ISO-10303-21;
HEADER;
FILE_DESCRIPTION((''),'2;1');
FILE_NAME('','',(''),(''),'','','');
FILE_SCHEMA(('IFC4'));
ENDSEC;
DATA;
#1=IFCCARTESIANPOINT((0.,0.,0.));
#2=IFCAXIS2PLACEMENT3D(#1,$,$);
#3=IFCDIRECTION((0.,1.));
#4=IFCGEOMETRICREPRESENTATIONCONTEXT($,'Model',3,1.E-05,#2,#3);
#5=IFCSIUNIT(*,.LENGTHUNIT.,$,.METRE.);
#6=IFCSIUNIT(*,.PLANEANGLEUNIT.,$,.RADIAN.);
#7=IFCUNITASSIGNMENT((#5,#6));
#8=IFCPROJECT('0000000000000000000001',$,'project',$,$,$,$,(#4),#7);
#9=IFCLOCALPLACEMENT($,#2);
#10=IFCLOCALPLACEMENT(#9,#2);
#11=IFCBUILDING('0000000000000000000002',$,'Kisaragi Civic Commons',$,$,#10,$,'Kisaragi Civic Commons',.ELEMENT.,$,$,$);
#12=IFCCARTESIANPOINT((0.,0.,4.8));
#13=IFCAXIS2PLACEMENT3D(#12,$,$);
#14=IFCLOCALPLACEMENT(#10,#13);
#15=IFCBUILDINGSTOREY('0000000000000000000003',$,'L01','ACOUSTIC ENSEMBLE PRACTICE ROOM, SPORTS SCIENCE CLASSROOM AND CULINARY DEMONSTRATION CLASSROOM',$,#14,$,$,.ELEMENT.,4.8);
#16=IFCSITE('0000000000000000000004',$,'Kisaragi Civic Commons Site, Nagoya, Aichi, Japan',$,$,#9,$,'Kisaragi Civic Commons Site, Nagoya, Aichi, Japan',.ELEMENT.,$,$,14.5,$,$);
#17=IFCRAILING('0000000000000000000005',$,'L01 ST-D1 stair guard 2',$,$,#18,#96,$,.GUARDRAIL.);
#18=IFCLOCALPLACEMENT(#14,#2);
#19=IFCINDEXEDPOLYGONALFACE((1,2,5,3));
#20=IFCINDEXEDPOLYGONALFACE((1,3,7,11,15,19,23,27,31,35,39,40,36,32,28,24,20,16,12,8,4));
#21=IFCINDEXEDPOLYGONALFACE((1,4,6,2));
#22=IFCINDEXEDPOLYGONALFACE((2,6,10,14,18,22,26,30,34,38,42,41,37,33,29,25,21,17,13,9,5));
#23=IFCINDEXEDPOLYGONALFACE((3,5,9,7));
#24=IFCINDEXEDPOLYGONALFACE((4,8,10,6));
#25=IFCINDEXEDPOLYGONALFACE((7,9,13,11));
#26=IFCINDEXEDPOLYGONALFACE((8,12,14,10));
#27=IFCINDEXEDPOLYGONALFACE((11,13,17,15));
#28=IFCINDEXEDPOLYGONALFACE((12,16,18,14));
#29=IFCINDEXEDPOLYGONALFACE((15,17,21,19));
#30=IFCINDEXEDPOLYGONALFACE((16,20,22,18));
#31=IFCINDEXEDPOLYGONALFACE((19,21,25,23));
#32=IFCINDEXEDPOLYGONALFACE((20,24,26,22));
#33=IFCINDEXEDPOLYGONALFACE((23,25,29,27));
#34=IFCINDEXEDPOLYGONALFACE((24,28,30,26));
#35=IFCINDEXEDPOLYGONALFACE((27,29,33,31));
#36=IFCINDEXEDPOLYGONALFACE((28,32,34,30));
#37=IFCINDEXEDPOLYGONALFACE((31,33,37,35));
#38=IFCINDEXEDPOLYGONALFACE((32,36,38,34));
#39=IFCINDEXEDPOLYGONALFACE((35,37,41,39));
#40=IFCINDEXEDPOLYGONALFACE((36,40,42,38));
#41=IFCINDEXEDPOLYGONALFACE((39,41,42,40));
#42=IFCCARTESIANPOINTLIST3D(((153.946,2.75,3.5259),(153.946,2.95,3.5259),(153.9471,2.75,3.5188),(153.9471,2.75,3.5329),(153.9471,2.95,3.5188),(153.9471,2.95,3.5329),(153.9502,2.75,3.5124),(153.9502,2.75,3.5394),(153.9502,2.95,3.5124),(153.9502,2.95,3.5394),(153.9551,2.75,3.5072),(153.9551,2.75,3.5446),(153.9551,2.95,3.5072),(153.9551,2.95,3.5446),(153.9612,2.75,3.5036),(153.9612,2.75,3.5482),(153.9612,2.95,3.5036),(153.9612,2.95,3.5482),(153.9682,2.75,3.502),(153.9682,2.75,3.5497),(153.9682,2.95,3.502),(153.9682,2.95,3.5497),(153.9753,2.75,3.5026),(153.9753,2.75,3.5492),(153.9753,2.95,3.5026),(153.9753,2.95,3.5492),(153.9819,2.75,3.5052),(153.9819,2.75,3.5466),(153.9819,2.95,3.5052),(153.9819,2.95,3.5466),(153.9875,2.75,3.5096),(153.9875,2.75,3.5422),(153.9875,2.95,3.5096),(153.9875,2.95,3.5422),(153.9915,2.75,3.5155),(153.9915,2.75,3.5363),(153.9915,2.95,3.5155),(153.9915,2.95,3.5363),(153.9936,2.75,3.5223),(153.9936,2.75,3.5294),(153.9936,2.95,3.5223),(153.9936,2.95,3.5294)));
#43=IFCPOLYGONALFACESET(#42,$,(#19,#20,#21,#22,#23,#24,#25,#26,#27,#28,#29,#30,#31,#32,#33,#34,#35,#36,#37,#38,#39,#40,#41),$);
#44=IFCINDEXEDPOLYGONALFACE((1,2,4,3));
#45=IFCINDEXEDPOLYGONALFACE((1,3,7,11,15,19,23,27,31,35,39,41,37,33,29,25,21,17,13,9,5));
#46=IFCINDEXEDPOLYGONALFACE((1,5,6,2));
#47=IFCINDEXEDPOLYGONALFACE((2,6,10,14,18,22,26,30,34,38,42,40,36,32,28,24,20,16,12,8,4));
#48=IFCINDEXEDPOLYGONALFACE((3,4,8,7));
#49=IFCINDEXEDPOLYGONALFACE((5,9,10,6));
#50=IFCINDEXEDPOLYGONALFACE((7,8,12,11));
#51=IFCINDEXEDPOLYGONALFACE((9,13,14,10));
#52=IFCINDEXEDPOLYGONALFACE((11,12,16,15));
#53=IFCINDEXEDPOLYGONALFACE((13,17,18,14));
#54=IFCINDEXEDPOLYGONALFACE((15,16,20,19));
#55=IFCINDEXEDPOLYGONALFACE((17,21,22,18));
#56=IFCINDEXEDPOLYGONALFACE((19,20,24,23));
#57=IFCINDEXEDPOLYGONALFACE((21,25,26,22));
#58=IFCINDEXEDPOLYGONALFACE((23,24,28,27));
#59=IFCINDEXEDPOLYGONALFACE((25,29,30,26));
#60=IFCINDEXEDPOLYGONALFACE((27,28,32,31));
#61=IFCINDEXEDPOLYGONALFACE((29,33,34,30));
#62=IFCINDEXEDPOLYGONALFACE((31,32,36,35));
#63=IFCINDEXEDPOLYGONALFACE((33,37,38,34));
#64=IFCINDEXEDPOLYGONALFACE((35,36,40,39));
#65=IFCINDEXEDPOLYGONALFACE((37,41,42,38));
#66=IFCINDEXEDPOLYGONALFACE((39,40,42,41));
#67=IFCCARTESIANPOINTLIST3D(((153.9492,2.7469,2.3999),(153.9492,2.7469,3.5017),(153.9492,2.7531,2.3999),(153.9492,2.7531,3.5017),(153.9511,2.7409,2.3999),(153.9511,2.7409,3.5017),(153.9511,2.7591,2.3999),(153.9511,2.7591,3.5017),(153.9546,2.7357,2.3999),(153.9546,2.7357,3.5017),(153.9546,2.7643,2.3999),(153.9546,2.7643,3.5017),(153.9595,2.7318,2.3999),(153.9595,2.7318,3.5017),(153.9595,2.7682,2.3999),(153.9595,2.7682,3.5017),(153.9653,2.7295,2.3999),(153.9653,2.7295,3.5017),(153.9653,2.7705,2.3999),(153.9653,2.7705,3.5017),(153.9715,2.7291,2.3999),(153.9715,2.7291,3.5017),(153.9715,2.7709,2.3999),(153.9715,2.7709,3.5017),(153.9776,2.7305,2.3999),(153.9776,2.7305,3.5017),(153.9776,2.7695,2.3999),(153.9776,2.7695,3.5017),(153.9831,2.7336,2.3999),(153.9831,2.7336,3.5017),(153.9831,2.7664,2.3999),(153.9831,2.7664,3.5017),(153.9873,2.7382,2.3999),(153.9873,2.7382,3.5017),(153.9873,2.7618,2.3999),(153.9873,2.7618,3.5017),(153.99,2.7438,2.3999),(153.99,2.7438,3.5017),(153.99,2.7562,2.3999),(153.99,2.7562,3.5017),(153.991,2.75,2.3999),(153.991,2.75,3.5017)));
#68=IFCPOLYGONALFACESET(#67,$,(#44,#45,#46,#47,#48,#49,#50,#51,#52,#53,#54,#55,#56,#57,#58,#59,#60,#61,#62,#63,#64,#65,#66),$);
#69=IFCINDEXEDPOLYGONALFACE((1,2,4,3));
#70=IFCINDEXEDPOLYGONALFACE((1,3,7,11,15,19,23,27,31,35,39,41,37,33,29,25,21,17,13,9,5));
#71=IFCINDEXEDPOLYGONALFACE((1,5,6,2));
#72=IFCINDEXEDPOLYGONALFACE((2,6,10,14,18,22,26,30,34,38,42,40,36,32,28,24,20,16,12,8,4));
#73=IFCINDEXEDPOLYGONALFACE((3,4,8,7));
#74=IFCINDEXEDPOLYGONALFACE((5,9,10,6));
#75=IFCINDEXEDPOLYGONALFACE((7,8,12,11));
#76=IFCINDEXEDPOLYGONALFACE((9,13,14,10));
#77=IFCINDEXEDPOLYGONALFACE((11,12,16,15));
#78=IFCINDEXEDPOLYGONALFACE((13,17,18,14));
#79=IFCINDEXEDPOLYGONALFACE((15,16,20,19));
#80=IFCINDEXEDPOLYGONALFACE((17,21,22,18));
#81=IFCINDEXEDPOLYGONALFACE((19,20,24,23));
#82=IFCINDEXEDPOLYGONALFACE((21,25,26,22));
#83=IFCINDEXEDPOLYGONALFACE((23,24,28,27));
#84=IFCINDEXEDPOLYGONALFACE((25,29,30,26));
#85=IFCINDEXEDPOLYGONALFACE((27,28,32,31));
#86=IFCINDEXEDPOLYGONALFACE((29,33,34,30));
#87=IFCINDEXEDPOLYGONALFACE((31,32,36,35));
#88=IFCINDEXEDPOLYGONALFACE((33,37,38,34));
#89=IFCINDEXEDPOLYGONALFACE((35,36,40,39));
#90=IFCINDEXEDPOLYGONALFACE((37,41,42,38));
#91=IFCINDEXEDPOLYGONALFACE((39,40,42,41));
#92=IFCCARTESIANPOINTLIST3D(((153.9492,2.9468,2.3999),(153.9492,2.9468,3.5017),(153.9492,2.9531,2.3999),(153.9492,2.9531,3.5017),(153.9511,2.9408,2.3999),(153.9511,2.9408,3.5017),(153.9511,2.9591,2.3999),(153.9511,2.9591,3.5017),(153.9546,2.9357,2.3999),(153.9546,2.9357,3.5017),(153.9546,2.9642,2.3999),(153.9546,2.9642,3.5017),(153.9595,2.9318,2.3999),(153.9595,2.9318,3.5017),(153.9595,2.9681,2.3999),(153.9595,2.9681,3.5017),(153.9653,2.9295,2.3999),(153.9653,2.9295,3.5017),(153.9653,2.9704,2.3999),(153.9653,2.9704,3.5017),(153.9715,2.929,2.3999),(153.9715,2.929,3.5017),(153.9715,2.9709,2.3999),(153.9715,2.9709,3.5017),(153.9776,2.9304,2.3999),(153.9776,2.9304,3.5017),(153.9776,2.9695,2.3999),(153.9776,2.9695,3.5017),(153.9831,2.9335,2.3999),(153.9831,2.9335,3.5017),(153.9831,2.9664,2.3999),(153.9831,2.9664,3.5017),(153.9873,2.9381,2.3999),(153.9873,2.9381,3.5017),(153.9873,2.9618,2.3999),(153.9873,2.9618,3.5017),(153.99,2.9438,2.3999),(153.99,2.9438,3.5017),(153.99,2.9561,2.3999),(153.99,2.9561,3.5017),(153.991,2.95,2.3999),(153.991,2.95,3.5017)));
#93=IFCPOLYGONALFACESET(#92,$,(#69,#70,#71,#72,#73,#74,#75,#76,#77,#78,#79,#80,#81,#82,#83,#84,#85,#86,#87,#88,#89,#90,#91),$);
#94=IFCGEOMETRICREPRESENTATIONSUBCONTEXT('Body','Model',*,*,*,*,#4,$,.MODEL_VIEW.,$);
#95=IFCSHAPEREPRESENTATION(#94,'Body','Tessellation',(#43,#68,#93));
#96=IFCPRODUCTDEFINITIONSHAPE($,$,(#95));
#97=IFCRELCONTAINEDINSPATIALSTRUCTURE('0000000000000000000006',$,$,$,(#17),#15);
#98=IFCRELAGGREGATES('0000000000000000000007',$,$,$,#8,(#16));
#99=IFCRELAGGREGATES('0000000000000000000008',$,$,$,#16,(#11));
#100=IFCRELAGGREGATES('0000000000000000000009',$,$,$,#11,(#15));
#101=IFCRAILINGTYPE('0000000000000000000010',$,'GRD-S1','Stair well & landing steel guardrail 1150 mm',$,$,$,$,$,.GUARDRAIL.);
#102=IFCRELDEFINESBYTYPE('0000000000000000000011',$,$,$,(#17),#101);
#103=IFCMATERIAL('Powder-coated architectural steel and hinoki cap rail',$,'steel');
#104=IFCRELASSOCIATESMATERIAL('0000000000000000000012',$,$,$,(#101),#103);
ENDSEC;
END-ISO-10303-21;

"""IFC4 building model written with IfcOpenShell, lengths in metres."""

from ifc_helpers import new_model, si_unit, direction, frame, origin, origin_2d, place, context, subcontext, project, spatial, circle, extrude, material, type_object, element, save


model = new_model("IFC4")

# Units and contexts
model_context = context("Model", 3, precision=1e-05, world=origin(), true_north=direction((0.0, 1.0)))
body_context = subcontext(model_context, "Body", "Model", "MODEL_VIEW")
ifc_project = project(units=[si_unit("LENGTHUNIT", "METRE"), si_unit("PLANEANGLEUNIT", "RADIAN")], contexts=[model_context])

# Site, building, storey
site_placement = place(None, origin())
site = spatial("IfcSite", under=ifc_project, at=site_placement, Name="Kisaragi Civic Commons Site, Nagoya, Aichi, Japan", LongName="Kisaragi Civic Commons Site, Nagoya, Aichi, Japan", CompositionType="ELEMENT", RefElevation=14.5)
building_placement = place(site_placement, origin())
building = spatial("IfcBuilding", under=site, at=building_placement, Name="Kisaragi Civic Commons", LongName="Kisaragi Civic Commons", CompositionType="ELEMENT")
storey_placement = place(building_placement, frame((0.0, 0.0, 4.8)))
storey = spatial("IfcBuildingStorey", under=building, at=storey_placement, Name="L01", Description="ACOUSTIC ENSEMBLE PRACTICE ROOM, SPORTS SCIENCE CLASSROOM AND CULINARY DEMONSTRATION CLASSROOM", CompositionType="ELEMENT", Elevation=4.8)

# Railing
ifc_material_1 = material(Name="Powder-coated architectural steel and hinoki cap rail", Category="steel")
railing_type_1 = type_object("IfcRailingType", Name="GRD-S1", Description="Stair well & landing steel guardrail 1150 mm", PredefinedType="GUARDRAIL", material=ifc_material_1)
railing_1_placement = place(storey_placement, frame((153.97, 2.75, 2.3999)))
element("IfcRailing", 1, at=railing_1_placement, inside=storey, type_object=railing_type_1, Name="L01 ST-D1 stair guard 2", PredefinedType="GUARDRAIL", context=body_context, shape_type="SweptSolid", body=[
    extrude(circle(Radius=0.0239, at=origin_2d()), frame((0.0, 0.0, 1.126), z_axis=(0.0, 1.0, 0.0), x_axis=(-1.0, 0.0, 0.0)), (0.0, 0.0, 1.0), 0.2),
    extrude(circle(Radius=0.021, at=origin_2d()), origin(), (0.0, 0.0, 1.0), 1.1018),
    extrude(circle(Radius=0.021, at=origin_2d()), frame((0.0, 0.2, 0.0)), (0.0, 0.0, 1.0), 1.1018),
])

save(model, "model.ifc")
